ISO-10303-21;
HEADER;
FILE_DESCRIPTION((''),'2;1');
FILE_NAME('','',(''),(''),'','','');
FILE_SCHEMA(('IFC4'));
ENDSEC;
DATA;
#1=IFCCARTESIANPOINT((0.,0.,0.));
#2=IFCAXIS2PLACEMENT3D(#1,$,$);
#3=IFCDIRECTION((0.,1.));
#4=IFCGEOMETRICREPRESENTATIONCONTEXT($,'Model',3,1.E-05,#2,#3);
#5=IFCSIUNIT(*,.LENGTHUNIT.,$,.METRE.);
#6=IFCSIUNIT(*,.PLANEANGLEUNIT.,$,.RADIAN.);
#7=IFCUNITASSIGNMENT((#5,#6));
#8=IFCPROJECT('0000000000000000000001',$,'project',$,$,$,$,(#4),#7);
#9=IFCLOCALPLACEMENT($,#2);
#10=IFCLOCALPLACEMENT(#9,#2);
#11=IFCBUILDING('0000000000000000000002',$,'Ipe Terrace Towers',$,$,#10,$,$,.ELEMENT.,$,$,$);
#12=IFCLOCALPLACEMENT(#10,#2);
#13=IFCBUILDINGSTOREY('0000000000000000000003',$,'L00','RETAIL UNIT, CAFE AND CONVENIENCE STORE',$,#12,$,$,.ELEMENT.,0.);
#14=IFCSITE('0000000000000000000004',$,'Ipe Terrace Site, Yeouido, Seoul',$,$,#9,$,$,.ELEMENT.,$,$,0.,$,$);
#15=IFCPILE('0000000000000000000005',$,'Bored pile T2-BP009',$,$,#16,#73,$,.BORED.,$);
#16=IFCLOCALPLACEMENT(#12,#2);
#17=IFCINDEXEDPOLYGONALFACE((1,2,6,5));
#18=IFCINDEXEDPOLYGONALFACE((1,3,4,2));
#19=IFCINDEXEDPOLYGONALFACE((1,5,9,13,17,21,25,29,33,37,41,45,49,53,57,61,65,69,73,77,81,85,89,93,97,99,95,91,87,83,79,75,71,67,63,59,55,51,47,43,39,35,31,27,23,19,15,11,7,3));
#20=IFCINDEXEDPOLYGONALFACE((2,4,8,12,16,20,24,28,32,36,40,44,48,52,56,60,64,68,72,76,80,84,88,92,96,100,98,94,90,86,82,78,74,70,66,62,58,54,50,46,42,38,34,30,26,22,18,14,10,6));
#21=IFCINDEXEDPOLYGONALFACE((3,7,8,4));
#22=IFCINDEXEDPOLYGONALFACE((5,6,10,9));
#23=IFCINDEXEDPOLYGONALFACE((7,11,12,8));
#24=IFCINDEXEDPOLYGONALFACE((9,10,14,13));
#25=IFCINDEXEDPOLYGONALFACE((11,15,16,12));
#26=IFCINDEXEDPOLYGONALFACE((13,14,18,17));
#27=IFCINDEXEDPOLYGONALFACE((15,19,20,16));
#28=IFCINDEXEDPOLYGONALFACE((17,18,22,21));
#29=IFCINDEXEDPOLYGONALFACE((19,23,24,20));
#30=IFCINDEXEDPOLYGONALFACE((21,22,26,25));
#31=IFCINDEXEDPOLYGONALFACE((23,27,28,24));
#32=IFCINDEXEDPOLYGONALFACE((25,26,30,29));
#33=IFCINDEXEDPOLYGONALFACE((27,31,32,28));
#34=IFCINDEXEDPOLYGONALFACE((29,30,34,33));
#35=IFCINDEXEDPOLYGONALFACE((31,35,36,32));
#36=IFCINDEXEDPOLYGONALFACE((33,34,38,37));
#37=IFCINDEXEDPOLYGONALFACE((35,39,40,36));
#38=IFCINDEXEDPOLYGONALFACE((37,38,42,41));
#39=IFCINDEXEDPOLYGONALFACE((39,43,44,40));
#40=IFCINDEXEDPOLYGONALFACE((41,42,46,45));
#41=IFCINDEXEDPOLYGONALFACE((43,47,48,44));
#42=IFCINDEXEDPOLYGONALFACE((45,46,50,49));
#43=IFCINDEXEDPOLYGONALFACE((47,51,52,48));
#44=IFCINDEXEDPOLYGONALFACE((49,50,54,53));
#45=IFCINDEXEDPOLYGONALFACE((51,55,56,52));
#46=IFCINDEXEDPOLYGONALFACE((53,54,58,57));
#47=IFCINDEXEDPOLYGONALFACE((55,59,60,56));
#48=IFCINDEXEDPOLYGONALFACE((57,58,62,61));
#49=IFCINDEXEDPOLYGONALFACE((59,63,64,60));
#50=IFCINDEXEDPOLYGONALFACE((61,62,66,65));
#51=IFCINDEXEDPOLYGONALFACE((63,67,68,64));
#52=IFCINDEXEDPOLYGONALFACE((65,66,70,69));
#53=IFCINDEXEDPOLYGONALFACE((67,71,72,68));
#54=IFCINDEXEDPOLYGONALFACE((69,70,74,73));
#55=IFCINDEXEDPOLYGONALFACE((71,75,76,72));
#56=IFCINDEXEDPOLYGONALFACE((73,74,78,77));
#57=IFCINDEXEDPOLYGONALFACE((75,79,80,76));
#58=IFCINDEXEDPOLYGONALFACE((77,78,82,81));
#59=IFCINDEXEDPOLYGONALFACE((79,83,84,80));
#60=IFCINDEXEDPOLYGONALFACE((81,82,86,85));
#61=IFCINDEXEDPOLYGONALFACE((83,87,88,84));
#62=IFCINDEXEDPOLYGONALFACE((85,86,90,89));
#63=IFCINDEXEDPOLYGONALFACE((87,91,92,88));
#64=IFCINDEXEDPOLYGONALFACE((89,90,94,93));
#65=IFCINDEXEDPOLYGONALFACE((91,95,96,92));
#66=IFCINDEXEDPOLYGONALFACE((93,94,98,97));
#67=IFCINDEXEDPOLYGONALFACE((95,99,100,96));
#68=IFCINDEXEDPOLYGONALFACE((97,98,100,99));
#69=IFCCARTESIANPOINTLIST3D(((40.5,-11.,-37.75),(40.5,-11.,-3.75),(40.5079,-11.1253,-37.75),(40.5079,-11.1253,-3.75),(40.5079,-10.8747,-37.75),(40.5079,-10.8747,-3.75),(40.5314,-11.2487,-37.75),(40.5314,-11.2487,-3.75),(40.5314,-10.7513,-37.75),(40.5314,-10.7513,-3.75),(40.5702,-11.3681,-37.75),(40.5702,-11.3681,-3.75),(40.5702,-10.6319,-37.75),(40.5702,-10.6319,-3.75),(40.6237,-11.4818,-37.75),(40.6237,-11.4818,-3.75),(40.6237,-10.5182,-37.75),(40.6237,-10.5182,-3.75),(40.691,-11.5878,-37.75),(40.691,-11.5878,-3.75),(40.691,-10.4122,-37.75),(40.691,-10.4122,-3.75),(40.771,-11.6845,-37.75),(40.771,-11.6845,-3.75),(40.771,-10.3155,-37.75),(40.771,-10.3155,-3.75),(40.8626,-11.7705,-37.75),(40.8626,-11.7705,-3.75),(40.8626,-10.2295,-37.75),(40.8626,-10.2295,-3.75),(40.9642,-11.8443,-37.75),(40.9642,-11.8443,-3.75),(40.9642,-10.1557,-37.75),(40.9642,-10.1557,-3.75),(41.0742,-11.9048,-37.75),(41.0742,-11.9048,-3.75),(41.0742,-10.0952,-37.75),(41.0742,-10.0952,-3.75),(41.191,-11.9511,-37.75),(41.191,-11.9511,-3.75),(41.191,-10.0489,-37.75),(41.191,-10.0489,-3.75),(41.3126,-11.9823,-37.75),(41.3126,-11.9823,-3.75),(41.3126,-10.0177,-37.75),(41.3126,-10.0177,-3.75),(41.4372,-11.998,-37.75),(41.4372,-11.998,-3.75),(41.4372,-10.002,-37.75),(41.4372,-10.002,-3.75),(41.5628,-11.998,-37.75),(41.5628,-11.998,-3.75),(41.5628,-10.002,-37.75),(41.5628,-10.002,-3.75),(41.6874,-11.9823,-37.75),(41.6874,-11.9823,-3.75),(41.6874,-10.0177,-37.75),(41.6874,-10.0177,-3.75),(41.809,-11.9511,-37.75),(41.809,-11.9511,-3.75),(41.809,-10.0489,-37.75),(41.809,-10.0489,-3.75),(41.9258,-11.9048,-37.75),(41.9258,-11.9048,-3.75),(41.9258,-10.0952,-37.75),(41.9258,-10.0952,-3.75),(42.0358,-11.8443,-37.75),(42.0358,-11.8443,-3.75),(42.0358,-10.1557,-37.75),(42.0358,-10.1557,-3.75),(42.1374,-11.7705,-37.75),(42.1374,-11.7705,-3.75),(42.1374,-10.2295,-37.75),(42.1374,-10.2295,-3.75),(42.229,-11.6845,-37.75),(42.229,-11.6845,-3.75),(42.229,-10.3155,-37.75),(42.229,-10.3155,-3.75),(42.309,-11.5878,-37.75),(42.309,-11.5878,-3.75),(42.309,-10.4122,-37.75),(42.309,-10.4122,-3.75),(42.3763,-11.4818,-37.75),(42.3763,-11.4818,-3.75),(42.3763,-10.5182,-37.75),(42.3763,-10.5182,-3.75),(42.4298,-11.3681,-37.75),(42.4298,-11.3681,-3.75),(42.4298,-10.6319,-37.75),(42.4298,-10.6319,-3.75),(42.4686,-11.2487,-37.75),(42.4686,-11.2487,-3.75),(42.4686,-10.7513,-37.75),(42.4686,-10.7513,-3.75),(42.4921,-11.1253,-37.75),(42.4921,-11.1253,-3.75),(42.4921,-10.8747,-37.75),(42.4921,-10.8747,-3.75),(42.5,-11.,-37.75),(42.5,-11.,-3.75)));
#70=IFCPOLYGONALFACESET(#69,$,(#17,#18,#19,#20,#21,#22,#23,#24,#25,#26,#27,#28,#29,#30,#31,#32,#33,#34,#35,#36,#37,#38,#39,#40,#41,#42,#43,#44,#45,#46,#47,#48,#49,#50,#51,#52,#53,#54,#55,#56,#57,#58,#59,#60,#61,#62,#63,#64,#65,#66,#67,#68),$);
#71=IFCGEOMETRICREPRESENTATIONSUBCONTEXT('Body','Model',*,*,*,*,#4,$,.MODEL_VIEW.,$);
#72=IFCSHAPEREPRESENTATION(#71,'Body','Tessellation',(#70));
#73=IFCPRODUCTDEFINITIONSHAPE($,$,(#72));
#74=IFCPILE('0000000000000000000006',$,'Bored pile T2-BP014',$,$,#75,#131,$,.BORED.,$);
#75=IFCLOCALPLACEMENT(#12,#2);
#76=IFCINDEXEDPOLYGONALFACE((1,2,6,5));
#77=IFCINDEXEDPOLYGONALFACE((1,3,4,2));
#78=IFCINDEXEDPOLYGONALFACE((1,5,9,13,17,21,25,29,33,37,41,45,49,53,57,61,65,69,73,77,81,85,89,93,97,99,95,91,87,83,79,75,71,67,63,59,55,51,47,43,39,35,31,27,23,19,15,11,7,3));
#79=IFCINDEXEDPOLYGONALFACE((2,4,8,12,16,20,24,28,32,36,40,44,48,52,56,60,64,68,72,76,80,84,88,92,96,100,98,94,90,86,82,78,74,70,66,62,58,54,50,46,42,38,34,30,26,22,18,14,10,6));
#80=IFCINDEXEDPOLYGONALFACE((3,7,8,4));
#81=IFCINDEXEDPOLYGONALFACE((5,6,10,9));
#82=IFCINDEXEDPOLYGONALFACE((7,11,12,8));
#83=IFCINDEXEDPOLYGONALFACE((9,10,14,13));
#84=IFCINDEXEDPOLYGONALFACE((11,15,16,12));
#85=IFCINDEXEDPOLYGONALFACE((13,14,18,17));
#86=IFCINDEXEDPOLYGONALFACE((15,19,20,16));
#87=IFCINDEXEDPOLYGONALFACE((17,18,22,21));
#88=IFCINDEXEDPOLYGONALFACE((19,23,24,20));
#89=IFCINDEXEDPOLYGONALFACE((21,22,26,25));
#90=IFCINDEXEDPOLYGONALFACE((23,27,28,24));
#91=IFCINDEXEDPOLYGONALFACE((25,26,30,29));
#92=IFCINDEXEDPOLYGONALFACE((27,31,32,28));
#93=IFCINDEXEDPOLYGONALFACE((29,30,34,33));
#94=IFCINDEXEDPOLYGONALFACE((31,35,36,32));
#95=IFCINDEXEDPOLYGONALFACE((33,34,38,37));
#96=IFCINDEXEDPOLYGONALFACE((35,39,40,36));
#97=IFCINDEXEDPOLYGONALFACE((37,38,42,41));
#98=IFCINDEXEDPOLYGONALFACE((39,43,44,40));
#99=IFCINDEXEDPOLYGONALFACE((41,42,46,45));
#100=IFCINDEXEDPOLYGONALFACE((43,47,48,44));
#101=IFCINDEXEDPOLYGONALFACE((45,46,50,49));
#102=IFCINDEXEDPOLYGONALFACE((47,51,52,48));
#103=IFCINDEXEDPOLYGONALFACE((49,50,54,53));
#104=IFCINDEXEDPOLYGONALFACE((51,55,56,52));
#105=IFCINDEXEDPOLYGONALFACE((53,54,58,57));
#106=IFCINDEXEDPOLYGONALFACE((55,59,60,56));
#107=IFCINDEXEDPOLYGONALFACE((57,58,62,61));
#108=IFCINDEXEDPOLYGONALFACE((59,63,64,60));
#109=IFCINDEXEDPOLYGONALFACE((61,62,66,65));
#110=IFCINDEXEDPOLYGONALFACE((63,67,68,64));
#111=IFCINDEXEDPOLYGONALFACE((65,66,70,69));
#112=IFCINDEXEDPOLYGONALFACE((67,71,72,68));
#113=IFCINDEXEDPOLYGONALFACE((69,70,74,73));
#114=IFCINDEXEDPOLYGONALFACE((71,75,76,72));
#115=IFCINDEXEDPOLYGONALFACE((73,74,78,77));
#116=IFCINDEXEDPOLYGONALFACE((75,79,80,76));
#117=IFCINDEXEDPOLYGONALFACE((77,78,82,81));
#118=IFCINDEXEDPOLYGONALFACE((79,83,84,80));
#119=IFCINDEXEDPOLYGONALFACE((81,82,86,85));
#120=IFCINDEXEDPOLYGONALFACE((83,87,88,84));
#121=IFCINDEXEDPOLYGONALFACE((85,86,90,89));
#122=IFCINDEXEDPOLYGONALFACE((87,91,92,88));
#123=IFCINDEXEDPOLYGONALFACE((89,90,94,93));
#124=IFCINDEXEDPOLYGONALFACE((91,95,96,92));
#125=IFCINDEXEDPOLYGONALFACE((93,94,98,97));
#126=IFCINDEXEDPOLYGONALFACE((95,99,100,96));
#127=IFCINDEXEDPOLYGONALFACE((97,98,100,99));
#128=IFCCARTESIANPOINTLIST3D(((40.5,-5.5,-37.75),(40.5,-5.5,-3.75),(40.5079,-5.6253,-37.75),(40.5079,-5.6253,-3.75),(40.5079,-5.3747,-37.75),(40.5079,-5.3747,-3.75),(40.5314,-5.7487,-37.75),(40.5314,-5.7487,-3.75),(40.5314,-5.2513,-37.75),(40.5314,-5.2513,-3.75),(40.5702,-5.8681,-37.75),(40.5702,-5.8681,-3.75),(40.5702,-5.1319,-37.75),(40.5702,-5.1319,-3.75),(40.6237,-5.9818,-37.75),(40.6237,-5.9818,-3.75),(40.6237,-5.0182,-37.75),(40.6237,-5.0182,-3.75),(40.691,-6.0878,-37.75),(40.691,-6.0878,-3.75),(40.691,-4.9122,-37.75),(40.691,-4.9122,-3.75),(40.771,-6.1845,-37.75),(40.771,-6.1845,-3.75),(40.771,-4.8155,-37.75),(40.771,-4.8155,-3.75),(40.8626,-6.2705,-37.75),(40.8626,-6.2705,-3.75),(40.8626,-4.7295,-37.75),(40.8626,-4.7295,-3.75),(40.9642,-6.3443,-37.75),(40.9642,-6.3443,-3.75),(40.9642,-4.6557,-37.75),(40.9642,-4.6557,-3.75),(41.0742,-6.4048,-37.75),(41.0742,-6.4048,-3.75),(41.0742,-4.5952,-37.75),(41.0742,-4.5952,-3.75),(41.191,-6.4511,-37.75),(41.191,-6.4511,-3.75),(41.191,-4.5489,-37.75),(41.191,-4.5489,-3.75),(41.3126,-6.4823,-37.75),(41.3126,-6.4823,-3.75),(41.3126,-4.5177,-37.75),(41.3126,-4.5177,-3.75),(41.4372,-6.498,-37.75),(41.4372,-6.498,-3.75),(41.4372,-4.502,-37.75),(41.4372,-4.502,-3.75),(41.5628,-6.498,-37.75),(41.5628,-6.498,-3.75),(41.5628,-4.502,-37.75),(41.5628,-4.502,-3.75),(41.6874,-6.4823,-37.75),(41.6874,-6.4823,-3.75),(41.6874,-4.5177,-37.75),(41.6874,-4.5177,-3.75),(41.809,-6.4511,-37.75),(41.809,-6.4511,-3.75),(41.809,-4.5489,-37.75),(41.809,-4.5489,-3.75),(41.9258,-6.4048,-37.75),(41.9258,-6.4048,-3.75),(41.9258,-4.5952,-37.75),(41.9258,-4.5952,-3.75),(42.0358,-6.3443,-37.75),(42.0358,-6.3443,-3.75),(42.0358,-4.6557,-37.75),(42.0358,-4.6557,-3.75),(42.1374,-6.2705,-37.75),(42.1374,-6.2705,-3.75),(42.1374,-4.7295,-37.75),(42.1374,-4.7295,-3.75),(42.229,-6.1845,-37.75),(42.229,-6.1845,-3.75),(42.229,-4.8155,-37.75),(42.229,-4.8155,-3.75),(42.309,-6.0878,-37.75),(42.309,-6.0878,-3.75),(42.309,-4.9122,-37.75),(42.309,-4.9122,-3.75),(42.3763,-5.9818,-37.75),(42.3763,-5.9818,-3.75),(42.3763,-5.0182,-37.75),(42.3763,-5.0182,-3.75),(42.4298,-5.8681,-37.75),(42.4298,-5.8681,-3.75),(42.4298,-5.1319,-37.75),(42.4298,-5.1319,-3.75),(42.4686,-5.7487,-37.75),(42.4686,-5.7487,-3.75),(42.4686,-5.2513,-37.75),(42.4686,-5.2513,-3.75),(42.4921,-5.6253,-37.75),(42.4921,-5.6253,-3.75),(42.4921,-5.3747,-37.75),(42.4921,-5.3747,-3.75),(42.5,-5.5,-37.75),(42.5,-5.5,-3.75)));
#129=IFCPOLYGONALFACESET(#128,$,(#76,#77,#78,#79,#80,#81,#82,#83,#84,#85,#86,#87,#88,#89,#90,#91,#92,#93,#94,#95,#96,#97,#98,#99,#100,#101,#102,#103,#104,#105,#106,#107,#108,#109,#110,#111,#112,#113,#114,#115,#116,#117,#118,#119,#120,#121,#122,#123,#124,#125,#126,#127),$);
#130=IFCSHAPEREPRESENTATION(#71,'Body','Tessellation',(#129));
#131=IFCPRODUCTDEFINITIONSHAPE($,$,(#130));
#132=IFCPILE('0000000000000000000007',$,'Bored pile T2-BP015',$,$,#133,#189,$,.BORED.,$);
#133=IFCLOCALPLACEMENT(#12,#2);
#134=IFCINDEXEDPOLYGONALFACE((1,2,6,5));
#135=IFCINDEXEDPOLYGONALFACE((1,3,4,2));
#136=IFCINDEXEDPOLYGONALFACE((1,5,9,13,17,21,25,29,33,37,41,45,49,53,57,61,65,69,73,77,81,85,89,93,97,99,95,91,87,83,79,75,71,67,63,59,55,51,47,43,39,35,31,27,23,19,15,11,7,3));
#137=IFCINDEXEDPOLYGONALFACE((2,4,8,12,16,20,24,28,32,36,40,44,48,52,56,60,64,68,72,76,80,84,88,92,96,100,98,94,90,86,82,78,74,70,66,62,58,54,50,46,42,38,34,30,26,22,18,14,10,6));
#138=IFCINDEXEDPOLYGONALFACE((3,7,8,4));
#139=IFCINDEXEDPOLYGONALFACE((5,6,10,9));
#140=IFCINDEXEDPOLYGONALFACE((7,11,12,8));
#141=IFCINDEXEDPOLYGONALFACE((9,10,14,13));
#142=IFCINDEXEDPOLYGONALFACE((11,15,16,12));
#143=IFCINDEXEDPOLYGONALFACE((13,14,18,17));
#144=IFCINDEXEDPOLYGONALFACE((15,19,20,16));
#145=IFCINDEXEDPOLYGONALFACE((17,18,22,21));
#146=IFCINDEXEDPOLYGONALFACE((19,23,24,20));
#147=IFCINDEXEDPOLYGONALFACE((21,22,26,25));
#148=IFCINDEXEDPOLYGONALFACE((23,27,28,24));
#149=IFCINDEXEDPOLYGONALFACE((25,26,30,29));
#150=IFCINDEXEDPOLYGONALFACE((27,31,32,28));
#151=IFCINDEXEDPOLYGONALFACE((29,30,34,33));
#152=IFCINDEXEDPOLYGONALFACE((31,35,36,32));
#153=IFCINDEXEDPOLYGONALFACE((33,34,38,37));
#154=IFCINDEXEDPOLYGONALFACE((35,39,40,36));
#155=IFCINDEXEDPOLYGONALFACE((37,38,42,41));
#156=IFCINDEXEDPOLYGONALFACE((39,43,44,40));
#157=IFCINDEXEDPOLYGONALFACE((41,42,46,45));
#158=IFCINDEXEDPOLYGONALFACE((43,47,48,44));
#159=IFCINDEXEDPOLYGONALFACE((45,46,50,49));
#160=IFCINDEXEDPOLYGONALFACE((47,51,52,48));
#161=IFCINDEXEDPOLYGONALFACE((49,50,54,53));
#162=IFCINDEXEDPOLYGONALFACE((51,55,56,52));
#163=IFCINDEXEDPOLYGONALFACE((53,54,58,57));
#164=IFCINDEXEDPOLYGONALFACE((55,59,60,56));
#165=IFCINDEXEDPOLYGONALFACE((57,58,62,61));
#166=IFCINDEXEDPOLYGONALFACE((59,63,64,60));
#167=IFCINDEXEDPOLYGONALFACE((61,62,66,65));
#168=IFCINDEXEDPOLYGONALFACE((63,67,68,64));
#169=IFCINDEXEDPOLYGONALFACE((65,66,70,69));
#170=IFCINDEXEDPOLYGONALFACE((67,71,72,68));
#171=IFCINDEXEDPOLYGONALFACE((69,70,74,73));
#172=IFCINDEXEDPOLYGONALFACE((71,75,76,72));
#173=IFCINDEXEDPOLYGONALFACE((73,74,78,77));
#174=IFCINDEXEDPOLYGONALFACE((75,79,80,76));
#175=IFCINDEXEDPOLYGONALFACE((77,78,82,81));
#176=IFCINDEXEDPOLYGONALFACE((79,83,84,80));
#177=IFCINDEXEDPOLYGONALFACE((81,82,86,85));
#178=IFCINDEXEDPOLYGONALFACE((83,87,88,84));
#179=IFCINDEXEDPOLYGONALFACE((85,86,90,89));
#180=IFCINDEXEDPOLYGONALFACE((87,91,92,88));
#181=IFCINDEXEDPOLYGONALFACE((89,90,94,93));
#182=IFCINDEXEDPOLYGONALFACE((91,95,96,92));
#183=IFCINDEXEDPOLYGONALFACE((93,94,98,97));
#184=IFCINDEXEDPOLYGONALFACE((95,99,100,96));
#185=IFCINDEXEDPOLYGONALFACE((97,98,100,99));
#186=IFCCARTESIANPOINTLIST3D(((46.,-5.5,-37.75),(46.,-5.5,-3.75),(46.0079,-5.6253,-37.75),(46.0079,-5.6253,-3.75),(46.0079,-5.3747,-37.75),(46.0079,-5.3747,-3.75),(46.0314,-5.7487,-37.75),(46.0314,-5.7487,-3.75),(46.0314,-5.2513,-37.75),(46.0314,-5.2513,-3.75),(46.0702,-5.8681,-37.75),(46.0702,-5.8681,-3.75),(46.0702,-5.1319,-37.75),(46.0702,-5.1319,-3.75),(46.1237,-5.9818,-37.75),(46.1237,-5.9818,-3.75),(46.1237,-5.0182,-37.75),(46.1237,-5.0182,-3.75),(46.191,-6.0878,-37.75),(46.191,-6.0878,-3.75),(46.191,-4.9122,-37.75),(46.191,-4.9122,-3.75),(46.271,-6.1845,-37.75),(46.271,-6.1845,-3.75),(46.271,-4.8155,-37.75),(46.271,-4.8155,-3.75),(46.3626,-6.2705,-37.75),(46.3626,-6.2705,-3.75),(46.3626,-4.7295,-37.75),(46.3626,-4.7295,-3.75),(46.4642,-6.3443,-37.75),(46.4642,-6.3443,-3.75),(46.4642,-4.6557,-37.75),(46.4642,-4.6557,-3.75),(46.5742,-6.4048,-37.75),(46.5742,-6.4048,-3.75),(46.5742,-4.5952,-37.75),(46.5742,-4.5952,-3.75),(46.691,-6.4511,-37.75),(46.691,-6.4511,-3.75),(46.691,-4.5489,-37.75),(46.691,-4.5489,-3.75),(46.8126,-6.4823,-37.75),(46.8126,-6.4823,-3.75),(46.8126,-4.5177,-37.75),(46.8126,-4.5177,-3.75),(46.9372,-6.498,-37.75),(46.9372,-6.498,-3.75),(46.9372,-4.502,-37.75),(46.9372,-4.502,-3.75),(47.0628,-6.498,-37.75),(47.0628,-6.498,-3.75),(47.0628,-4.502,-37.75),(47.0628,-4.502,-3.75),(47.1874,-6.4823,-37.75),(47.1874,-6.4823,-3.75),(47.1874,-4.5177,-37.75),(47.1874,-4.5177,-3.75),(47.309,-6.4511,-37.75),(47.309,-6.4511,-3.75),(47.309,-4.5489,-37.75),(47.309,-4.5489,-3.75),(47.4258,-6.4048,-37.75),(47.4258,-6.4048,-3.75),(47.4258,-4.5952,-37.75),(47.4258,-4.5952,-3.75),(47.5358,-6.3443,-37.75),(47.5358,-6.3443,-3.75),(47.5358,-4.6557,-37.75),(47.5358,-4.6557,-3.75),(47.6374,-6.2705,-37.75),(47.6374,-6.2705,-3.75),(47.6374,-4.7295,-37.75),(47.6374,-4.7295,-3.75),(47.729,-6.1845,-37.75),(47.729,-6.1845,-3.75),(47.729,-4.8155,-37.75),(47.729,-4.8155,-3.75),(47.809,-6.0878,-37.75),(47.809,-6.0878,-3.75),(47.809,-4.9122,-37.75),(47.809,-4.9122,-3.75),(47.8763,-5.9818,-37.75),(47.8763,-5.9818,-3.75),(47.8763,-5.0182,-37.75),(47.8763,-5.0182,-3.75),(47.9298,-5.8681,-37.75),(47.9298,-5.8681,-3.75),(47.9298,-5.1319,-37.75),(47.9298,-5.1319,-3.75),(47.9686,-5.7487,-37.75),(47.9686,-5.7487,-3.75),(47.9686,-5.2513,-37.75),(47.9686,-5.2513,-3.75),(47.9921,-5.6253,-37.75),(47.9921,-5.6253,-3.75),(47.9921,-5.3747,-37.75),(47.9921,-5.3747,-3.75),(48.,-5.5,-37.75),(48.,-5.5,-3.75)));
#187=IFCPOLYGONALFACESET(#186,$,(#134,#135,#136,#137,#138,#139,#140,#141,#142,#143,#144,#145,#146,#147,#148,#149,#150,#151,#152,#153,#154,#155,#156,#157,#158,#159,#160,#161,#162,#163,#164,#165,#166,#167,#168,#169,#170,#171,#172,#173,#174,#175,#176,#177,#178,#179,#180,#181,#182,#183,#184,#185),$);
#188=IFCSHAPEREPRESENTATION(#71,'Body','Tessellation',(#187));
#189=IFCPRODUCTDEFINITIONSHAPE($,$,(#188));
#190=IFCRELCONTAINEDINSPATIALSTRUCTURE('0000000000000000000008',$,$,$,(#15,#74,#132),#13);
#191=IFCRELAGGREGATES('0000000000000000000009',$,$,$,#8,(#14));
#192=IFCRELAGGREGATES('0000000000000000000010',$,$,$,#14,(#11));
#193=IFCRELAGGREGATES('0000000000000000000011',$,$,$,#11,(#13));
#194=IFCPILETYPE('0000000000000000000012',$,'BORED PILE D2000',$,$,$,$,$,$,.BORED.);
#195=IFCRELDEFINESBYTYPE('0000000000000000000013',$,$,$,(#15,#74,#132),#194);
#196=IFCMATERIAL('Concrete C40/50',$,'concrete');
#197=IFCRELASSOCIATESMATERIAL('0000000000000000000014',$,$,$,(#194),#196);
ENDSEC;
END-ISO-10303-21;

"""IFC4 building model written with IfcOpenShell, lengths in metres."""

from ifc_helpers import new_model, si_unit, direction, frame, origin, origin_2d, place, context, subcontext, project, spatial, circle, extrude, material, material_profile, profile_set, type_object, element, save


model = new_model("IFC4")

# Units and contexts
model_context = context("Model", 3, precision=1e-05, world=origin(), true_north=direction((0.0, 1.0)))
body_context = subcontext(model_context, "Body", "Model", "MODEL_VIEW")
ifc_project = project(units=[si_unit("LENGTHUNIT", "METRE"), si_unit("PLANEANGLEUNIT", "RADIAN")], contexts=[model_context])

# Site, building, storey
site_placement = place(None, origin())
site = spatial("IfcSite", under=ifc_project, at=site_placement, Name="Ipe Terrace Site, Yeouido, Seoul", CompositionType="ELEMENT", RefElevation=0.0)
building_placement = place(site_placement, origin())
building = spatial("IfcBuilding", under=site, at=building_placement, Name="Ipe Terrace Towers", CompositionType="ELEMENT")
storey_placement = place(building_placement, origin())
storey = spatial("IfcBuildingStorey", under=building, at=storey_placement, Name="L00", Description="RETAIL UNIT, CAFE AND CONVENIENCE STORE", CompositionType="ELEMENT", Elevation=0.0)

# Piles
ifc_material_1 = material(Name="Concrete C40/50", Category="concrete")
ifc_material_profile_1 = material_profile(ifc_material_1, circle(Radius=1.0, at=origin_2d()), Name="BORED PILE D2000")
ifc_profile_set_1 = profile_set([ifc_material_profile_1], Name="Concrete C40/50")
pile_type = type_object("IfcPileType", Name="BORED PILE D2000", PredefinedType="BORED", material=ifc_profile_set_1)
for number, where, z_axis, x_axis, name in (
    (1, (41.5, -11.0, -3.75), (0.0, 0.0, -1.0), (1.0, 0.0, 0.0), "Bored pile T2-BP009"),
    (2, (41.5, -5.5, -3.75), (0.0, 0.0, -1.0), (1.0, 0.0, 0.0), "Bored pile T2-BP014"),
    (3, (47.0, -5.5, -3.75), (0.0, 0.0, -1.0), (1.0, 0.0, 0.0), "Bored pile T2-BP015"),
):
    element("IfcPile", number, at=place(storey_placement, frame(where, z_axis=z_axis, x_axis=x_axis)), inside=storey, type_object=pile_type, Name=name, PredefinedType="BORED", context=body_context, shape_type="SweptSolid", body=[
        extrude(circle(Radius=1.0, at=origin_2d()), origin(), (0.0, 0.0, 1.0), 34.0),
    ])

save(model, "model.ifc")
